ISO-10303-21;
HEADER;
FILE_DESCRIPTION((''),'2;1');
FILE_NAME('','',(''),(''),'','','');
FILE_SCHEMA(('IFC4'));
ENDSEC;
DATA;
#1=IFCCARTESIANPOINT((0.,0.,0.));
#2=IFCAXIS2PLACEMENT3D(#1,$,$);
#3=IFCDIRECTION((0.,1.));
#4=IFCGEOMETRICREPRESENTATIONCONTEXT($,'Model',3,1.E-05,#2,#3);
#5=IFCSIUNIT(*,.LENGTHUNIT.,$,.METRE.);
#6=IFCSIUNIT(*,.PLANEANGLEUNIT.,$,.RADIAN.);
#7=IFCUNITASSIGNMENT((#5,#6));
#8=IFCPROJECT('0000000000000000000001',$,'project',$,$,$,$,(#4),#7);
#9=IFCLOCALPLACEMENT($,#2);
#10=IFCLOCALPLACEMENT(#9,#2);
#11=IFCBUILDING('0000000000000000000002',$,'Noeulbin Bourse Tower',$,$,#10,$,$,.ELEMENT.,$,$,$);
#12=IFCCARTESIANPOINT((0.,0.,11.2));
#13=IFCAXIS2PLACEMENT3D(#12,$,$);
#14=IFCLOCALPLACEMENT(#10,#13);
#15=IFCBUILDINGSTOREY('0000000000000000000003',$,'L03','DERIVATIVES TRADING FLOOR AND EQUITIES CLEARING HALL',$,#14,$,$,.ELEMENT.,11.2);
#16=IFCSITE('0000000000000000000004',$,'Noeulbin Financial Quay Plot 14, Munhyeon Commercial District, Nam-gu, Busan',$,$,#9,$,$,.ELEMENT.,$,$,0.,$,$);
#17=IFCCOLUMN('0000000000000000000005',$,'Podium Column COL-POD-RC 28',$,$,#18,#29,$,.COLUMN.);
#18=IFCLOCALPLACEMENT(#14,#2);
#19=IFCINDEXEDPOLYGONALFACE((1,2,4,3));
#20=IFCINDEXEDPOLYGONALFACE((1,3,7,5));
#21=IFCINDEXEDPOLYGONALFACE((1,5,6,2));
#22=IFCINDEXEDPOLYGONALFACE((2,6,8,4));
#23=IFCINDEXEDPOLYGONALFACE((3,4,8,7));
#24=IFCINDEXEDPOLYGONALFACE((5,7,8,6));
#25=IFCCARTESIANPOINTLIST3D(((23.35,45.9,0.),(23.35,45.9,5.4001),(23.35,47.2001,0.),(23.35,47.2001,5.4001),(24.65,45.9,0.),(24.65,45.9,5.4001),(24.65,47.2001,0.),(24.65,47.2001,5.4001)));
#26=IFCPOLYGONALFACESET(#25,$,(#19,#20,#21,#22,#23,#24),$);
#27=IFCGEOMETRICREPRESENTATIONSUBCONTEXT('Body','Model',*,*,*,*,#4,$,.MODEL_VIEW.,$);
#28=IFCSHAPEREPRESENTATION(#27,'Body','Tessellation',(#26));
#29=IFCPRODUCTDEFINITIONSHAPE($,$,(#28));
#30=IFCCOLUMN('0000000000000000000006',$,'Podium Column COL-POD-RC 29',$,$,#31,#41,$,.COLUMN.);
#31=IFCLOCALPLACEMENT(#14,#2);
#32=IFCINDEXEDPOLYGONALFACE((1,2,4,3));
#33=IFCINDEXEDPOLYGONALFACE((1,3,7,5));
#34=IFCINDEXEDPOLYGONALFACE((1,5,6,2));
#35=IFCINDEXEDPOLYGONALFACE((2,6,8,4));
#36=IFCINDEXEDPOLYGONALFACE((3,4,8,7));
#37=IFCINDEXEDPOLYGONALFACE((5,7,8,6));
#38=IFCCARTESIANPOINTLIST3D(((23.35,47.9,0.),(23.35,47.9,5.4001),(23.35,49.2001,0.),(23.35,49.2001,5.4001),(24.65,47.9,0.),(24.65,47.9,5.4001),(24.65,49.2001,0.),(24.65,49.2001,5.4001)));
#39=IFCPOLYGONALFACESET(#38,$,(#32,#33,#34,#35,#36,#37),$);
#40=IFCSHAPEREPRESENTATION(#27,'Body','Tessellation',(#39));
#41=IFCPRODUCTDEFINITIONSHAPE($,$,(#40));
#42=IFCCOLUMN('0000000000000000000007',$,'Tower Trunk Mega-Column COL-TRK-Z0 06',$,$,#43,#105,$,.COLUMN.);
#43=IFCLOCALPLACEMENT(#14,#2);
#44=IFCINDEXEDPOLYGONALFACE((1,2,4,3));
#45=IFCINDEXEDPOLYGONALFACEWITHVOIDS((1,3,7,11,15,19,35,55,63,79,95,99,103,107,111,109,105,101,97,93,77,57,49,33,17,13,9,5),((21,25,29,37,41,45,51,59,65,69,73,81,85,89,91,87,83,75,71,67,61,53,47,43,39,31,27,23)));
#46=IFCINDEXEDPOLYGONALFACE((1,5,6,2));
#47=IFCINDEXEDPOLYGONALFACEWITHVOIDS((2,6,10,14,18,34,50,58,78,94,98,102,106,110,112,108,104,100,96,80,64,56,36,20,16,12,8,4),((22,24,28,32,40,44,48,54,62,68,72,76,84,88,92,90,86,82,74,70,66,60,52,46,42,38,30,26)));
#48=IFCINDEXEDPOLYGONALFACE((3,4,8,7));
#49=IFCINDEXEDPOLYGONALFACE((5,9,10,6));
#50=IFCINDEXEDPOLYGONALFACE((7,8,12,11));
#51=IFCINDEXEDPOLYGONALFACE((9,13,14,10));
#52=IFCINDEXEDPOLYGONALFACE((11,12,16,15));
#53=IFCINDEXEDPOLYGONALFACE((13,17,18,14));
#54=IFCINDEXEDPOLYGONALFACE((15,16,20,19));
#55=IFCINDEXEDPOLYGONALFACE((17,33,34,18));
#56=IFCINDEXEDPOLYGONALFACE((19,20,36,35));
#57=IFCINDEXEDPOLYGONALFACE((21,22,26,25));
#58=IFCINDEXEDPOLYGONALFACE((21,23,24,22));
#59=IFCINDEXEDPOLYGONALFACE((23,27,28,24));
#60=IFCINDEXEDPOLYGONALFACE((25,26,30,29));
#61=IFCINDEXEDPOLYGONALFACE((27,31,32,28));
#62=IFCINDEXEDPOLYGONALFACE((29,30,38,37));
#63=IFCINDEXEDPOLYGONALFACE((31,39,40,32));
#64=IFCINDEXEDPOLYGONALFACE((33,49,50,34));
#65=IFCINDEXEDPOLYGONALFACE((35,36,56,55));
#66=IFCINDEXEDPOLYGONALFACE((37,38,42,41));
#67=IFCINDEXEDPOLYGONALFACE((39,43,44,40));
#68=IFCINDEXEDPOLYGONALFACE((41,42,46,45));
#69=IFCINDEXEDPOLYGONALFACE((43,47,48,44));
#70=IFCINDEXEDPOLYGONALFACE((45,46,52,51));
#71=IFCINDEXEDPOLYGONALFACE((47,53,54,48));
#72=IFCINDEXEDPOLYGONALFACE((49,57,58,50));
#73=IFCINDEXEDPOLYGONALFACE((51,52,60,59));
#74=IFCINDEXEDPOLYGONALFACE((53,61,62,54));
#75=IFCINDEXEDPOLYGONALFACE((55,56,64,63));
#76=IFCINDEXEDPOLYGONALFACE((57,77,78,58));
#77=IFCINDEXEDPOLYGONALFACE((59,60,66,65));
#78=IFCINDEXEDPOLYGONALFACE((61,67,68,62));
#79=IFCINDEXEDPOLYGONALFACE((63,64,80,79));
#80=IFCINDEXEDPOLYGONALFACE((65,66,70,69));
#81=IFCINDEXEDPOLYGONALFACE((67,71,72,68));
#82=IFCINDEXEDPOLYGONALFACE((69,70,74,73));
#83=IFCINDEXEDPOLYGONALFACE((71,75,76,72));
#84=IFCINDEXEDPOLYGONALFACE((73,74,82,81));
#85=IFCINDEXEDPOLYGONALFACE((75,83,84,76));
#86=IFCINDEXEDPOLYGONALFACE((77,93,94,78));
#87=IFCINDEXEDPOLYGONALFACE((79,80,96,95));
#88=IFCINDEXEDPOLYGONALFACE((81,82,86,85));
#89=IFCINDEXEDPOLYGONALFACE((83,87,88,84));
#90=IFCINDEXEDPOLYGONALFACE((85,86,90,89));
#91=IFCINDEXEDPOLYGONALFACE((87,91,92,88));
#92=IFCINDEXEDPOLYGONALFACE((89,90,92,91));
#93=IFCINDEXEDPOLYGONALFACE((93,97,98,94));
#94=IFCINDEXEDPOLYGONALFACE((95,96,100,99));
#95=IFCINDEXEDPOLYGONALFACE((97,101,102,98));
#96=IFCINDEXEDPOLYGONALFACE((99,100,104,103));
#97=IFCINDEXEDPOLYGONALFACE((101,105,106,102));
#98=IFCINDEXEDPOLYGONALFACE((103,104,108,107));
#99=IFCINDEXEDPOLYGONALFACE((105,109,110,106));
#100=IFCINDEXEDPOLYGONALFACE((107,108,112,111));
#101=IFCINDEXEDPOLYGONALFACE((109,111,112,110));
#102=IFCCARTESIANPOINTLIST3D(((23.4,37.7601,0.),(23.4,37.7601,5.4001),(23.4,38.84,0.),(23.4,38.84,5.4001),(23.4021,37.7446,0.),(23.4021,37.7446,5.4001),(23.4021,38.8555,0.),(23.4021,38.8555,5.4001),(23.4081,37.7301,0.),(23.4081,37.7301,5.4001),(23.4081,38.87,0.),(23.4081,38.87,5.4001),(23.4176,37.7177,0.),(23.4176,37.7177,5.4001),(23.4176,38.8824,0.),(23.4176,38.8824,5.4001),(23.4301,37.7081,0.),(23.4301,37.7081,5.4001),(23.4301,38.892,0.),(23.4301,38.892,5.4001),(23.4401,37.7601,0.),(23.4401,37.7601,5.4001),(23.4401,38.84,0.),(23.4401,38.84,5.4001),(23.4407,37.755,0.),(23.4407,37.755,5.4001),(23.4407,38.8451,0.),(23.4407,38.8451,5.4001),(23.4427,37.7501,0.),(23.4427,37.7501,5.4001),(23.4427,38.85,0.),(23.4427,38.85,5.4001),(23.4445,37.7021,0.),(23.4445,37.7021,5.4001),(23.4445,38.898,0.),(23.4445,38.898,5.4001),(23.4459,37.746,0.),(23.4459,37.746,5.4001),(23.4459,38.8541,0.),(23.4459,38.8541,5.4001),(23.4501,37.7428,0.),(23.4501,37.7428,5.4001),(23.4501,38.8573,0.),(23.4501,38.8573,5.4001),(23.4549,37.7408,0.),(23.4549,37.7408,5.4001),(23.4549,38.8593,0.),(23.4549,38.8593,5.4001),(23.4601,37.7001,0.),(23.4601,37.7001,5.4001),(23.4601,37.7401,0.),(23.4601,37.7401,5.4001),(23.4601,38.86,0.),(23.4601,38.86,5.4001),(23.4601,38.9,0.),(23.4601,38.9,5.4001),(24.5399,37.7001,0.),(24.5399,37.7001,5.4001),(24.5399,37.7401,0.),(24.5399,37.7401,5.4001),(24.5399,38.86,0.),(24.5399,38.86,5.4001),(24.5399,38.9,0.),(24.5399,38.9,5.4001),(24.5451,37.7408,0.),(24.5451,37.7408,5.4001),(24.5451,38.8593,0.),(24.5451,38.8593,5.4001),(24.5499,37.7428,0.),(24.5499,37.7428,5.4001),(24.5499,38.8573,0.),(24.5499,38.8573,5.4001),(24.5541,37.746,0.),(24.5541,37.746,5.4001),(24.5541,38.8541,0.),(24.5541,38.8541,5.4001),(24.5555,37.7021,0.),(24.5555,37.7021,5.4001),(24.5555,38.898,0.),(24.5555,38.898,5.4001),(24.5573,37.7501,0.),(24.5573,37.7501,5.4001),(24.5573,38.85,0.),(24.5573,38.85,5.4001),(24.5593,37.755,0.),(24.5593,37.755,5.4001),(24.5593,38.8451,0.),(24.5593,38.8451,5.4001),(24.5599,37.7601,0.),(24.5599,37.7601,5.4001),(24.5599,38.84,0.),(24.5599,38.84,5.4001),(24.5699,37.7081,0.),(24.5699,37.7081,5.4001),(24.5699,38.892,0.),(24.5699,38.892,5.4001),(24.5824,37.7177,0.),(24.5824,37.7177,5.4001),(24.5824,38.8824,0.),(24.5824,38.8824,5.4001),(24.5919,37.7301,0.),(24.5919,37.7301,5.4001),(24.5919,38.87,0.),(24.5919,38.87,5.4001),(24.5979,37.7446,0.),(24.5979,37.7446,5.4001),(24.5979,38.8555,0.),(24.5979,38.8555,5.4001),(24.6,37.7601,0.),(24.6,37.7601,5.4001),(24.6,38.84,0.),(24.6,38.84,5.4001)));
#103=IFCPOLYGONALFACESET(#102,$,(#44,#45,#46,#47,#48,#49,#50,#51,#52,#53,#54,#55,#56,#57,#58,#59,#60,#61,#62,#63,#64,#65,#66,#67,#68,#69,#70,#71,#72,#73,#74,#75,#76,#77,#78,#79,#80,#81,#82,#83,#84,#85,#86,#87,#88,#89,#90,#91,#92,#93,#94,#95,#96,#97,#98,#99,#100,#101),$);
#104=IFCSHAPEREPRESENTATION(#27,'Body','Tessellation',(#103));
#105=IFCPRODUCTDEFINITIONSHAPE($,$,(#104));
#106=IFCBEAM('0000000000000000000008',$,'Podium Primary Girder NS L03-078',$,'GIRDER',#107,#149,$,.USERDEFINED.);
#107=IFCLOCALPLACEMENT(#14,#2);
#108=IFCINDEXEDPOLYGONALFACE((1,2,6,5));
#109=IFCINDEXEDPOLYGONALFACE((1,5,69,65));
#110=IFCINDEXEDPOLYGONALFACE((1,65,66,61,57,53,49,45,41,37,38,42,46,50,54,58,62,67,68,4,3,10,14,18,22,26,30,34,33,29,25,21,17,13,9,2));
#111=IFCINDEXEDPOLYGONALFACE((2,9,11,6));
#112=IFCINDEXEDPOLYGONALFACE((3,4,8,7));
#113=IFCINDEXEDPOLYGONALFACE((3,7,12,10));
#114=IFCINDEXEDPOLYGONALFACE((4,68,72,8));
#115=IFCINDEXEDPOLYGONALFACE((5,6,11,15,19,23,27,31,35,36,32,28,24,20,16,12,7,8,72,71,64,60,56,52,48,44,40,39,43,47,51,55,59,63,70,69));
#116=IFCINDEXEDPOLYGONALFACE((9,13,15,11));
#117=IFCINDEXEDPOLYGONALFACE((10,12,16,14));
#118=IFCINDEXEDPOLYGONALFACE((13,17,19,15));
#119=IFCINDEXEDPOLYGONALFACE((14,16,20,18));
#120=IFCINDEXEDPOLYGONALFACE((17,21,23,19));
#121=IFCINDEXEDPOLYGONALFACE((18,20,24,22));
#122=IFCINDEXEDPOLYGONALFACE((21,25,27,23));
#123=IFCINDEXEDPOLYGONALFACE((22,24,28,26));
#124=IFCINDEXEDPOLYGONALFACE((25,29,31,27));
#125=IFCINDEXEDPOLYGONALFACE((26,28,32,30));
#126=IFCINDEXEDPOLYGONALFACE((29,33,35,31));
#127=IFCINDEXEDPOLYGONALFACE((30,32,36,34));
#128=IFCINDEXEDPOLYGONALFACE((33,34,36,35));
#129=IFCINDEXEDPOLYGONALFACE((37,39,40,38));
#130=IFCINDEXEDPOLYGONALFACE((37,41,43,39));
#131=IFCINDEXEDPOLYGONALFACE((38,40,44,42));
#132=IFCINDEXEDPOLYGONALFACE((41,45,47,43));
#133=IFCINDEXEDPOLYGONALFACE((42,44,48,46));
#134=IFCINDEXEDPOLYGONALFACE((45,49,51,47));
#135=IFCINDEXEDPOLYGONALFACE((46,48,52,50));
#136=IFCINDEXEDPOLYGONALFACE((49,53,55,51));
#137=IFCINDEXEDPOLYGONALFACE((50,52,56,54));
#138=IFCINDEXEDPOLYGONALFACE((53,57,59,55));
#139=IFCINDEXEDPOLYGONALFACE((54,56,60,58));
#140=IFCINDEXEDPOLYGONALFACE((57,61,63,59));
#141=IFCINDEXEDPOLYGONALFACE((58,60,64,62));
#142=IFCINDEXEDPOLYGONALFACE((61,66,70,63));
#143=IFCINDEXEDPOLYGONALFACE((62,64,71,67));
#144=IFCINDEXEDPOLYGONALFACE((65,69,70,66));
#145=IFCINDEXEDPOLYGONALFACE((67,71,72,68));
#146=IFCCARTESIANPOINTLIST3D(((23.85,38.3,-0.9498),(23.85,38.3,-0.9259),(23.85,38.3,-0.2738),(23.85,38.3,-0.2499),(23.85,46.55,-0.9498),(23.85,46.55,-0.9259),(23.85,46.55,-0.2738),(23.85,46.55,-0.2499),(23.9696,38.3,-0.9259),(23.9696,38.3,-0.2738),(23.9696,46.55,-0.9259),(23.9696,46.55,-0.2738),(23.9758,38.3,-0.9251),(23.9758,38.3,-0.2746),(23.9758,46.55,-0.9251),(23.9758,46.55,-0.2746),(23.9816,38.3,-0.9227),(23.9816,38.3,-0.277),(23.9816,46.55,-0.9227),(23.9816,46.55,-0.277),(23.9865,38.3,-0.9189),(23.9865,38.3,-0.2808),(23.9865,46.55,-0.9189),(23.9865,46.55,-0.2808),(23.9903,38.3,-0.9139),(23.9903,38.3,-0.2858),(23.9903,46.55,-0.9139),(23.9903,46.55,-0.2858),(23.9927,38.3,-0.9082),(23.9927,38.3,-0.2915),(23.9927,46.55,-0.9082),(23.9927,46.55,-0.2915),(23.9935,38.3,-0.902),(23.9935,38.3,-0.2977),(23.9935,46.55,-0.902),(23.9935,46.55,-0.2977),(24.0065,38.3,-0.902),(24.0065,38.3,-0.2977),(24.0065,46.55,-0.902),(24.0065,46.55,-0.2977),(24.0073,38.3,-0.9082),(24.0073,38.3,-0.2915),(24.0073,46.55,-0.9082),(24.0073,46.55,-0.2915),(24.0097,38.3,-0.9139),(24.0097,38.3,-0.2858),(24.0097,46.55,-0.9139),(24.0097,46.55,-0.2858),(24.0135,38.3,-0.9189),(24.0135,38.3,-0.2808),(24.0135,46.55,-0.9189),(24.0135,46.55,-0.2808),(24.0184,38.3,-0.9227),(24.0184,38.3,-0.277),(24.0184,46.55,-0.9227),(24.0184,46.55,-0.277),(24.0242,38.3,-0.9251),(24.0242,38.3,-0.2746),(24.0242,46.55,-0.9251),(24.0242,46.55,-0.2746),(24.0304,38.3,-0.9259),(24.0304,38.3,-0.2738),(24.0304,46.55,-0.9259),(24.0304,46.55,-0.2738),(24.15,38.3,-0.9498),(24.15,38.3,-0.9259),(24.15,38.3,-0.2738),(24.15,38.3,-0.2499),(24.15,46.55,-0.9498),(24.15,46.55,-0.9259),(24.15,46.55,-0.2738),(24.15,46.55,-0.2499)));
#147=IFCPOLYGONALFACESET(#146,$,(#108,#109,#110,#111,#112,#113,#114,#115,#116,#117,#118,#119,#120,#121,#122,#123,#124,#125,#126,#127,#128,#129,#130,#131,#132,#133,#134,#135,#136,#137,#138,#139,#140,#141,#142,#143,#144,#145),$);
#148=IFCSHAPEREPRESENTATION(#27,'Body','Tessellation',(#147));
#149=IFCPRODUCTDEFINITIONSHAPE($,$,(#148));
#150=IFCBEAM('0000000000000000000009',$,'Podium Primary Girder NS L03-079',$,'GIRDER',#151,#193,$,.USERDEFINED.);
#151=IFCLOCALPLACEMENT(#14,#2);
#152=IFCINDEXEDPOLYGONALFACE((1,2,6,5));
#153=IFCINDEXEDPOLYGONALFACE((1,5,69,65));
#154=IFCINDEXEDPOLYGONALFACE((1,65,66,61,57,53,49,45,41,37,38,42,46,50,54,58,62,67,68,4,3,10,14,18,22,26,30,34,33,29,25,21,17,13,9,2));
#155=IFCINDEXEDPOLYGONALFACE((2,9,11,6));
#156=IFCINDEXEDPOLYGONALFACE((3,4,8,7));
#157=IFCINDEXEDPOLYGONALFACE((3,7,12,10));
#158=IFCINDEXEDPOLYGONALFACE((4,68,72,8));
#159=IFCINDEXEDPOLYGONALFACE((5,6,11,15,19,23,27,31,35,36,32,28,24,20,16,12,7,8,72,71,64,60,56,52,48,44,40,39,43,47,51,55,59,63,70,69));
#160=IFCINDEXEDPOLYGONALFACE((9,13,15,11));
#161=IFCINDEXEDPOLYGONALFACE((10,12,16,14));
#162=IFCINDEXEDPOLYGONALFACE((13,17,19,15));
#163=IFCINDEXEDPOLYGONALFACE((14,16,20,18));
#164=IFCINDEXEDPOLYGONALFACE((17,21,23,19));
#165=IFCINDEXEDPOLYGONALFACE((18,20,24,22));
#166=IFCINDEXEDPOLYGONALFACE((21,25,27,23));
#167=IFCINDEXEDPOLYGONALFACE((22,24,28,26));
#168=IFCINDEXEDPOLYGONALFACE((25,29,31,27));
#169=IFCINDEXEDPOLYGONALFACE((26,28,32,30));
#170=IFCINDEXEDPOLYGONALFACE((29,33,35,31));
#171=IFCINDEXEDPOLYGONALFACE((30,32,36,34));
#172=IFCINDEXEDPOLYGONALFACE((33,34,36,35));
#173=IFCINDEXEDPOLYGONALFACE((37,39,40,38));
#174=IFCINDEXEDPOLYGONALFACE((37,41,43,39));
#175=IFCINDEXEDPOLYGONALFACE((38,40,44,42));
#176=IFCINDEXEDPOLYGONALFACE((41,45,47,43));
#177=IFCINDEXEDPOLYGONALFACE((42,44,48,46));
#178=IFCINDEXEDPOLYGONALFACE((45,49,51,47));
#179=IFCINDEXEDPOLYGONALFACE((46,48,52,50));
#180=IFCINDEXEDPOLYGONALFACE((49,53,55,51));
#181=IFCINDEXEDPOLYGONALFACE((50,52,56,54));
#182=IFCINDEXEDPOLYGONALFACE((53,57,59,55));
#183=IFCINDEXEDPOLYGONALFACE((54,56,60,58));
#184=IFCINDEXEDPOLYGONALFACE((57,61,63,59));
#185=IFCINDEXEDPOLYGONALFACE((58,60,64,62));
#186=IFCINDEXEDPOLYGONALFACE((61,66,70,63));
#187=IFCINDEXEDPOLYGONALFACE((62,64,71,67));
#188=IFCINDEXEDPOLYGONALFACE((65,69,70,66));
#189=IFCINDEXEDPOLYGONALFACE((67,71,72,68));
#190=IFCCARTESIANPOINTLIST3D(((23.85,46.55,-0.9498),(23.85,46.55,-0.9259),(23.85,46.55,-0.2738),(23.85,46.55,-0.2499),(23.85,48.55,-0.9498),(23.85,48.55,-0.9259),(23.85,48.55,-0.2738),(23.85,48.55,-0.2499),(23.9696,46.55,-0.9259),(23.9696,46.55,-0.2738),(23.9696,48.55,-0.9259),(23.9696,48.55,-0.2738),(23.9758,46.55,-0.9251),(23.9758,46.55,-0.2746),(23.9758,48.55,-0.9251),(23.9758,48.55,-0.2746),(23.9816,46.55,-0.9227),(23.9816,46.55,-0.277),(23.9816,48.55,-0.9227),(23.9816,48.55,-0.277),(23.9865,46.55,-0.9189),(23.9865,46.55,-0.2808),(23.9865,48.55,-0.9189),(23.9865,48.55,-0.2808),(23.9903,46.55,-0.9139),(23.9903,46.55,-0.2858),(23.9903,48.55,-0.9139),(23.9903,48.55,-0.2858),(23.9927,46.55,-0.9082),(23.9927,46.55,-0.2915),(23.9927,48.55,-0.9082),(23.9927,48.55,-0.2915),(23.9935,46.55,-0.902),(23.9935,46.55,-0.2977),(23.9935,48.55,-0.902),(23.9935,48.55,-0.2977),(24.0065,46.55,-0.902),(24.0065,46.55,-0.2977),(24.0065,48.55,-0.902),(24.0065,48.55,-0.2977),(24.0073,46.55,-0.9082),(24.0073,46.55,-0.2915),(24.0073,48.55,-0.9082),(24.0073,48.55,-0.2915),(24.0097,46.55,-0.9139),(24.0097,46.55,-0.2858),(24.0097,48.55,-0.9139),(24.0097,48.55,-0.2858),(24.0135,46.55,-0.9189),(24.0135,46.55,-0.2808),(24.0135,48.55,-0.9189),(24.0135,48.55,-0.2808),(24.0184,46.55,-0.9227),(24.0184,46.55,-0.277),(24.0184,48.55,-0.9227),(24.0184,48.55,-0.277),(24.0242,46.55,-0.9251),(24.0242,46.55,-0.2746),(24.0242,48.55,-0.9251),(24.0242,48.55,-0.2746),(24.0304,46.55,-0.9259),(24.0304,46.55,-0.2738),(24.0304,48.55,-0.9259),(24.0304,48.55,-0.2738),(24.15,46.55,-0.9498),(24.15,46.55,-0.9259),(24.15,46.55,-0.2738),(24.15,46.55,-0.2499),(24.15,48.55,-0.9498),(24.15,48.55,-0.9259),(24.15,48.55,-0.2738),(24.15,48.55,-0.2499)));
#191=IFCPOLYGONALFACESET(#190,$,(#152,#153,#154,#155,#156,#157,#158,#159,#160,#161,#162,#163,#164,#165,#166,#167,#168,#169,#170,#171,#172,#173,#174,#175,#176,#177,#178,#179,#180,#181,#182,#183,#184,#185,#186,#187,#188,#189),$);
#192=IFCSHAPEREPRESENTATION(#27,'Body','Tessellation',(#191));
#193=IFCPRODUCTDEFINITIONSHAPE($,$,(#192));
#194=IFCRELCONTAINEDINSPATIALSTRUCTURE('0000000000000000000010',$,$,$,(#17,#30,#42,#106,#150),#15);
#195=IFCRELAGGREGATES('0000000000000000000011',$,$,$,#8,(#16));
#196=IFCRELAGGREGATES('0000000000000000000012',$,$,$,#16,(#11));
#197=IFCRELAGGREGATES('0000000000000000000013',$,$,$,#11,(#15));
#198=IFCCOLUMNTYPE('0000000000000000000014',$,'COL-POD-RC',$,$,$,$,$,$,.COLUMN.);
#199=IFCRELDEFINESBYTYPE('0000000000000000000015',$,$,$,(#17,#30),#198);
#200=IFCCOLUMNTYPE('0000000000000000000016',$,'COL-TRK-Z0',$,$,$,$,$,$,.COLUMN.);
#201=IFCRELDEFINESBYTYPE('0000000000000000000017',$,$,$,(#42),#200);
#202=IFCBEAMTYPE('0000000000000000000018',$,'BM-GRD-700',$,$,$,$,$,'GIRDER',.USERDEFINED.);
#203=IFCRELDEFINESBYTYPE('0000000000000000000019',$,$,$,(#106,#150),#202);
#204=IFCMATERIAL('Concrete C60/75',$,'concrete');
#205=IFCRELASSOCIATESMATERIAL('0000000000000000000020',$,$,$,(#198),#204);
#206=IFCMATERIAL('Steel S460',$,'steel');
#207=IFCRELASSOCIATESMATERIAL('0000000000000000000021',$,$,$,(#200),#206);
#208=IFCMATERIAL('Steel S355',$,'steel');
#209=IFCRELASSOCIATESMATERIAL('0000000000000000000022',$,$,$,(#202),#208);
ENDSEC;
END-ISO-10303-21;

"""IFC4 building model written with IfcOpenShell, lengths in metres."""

from ifc_helpers import new_model, si_unit, direction, frame, origin, origin_2d, place, context, subcontext, project, spatial, rectangle, hollow_rectangle, i_section, extrude, material, material_profile, profile_set, type_object, element, save


model = new_model("IFC4")

# Units and contexts
model_context = context("Model", 3, precision=1e-05, world=origin(), true_north=direction((0.0, 1.0)))
body_context = subcontext(model_context, "Body", "Model", "MODEL_VIEW")
ifc_project = project(units=[si_unit("LENGTHUNIT", "METRE"), si_unit("PLANEANGLEUNIT", "RADIAN")], contexts=[model_context])

# Site, building, storey
site_placement = place(None, origin())
site = spatial("IfcSite", under=ifc_project, at=site_placement, Name="Noeulbin Financial Quay Plot 14, Munhyeon Commercial District, Nam-gu, Busan", CompositionType="ELEMENT", RefElevation=0.0)
building_placement = place(site_placement, origin())
building = spatial("IfcBuilding", under=site, at=building_placement, Name="Noeulbin Bourse Tower", CompositionType="ELEMENT")
storey_placement = place(building_placement, frame((0.0, 0.0, 11.2)))
storey = spatial("IfcBuildingStorey", under=building, at=storey_placement, Name="L03", Description="DERIVATIVES TRADING FLOOR AND EQUITIES CLEARING HALL", CompositionType="ELEMENT", Elevation=11.2)

# Columns
ifc_material_1 = material(Name="Concrete C60/75", Category="concrete")
ifc_material_profile_1 = material_profile(ifc_material_1, rectangle(XDim=1.3, YDim=1.3, at=origin_2d()), Name="RC-COL-1300x1300", Category="LoadBearing")
ifc_profile_set_1 = profile_set([ifc_material_profile_1], Name="Concrete C60/75")
column_type_1 = type_object("IfcColumnType", Name="COL-POD-RC", PredefinedType="COLUMN", material=ifc_profile_set_1)
for number, where, z_axis, x_axis, name in (
    (1, (24.0, 46.55, 0.0), (0.0, 0.0, 1.0), (1.0, 0.0, 0.0), "Podium Column COL-POD-RC 28"),
    (2, (24.0, 48.55, 0.0), (0.0, 0.0, 1.0), (1.0, 0.0, 0.0), "Podium Column COL-POD-RC 29"),
):
    element("IfcColumn", number, at=place(storey_placement, frame(where, z_axis=z_axis, x_axis=x_axis)), inside=storey, type_object=column_type_1, Name=name, PredefinedType="COLUMN", context=body_context, shape_type="SweptSolid", body=[
        extrude(rectangle(XDim=1.3, YDim=1.3, at=origin_2d()), origin(), (0.0, 0.0, 1.0), 5.4001),
    ])
ifc_material_2 = material(Name="Steel S460", Category="steel")
ifc_material_profile_2 = material_profile(ifc_material_2, hollow_rectangle(XDim=1.2, YDim=1.2, WallThickness=0.04, InnerFilletRadius=0.02, OuterFilletRadius=0.0601, at=origin_2d()), Name="BOX-1200x1200x40", Category="LoadBearing")
ifc_profile_set_2 = profile_set([ifc_material_profile_2], Name="Steel S460")
column_type_2 = type_object("IfcColumnType", Name="COL-TRK-Z0", PredefinedType="COLUMN", material=ifc_profile_set_2)
column_placement = place(storey_placement, frame((24.0, 38.3, 0.0), z_axis=(0.0, 0.0, 1.0), x_axis=(1.0, 0.0, 0.0)))
element("IfcColumn", 3, at=column_placement, inside=storey, type_object=column_type_2, Name="Tower Trunk Mega-Column COL-TRK-Z0 06", PredefinedType="COLUMN", context=body_context, shape_type="SweptSolid", body=[
    extrude(hollow_rectangle(XDim=1.2, YDim=1.2, WallThickness=0.04, InnerFilletRadius=0.02, OuterFilletRadius=0.0601, at=origin_2d()), origin(), (0.0, 0.0, 1.0), 5.4001),
])

# Beams
ifc_material_3 = material(Name="Steel S355", Category="steel")
ifc_material_profile_3 = material_profile(ifc_material_3, i_section(OverallWidth=0.3, OverallDepth=0.7, WebThickness=0.0129, FlangeThickness=0.0239, FilletRadius=0.0239, at=origin_2d()), Name="H-700x300x13x24", Category="LoadBearing")
ifc_profile_set_3 = profile_set([ifc_material_profile_3], Name="Steel S355")
beam_type_1 = type_object("IfcBeamType", Name="BM-GRD-700", ElementType="GIRDER", PredefinedType="USERDEFINED", material=ifc_profile_set_3)
beam_1_placement = place(storey_placement, frame((24.0, 38.3, -0.5999), z_axis=(0.0, 1.0, 0.0), x_axis=(-1.0, 0.0, 0.0)))
element("IfcBeam", 4, at=beam_1_placement, inside=storey, type_object=beam_type_1, Name="Podium Primary Girder NS L03-078", ObjectType="GIRDER", PredefinedType="USERDEFINED", context=body_context, shape_type="SweptSolid", body=[
    extrude(i_section(OverallWidth=0.3, OverallDepth=0.7, WebThickness=0.0129, FlangeThickness=0.0239, FilletRadius=0.0239, at=origin_2d()), origin(), (0.0, 0.0, 1.0), 8.25),
])
beam_2_placement = place(storey_placement, frame((24.0, 46.55, -0.5999), z_axis=(0.0, 1.0, 0.0), x_axis=(-1.0, 0.0, 0.0)))
element("IfcBeam", 5, at=beam_2_placement, inside=storey, type_object=beam_type_1, Name="Podium Primary Girder NS L03-079", ObjectType="GIRDER", PredefinedType="USERDEFINED", context=body_context, shape_type="SweptSolid", body=[
    extrude(i_section(OverallWidth=0.3, OverallDepth=0.7, WebThickness=0.0129, FlangeThickness=0.0239, FilletRadius=0.0239, at=origin_2d()), origin(), (0.0, 0.0, 1.0), 2.0),
])

save(model, "model.ifc")
